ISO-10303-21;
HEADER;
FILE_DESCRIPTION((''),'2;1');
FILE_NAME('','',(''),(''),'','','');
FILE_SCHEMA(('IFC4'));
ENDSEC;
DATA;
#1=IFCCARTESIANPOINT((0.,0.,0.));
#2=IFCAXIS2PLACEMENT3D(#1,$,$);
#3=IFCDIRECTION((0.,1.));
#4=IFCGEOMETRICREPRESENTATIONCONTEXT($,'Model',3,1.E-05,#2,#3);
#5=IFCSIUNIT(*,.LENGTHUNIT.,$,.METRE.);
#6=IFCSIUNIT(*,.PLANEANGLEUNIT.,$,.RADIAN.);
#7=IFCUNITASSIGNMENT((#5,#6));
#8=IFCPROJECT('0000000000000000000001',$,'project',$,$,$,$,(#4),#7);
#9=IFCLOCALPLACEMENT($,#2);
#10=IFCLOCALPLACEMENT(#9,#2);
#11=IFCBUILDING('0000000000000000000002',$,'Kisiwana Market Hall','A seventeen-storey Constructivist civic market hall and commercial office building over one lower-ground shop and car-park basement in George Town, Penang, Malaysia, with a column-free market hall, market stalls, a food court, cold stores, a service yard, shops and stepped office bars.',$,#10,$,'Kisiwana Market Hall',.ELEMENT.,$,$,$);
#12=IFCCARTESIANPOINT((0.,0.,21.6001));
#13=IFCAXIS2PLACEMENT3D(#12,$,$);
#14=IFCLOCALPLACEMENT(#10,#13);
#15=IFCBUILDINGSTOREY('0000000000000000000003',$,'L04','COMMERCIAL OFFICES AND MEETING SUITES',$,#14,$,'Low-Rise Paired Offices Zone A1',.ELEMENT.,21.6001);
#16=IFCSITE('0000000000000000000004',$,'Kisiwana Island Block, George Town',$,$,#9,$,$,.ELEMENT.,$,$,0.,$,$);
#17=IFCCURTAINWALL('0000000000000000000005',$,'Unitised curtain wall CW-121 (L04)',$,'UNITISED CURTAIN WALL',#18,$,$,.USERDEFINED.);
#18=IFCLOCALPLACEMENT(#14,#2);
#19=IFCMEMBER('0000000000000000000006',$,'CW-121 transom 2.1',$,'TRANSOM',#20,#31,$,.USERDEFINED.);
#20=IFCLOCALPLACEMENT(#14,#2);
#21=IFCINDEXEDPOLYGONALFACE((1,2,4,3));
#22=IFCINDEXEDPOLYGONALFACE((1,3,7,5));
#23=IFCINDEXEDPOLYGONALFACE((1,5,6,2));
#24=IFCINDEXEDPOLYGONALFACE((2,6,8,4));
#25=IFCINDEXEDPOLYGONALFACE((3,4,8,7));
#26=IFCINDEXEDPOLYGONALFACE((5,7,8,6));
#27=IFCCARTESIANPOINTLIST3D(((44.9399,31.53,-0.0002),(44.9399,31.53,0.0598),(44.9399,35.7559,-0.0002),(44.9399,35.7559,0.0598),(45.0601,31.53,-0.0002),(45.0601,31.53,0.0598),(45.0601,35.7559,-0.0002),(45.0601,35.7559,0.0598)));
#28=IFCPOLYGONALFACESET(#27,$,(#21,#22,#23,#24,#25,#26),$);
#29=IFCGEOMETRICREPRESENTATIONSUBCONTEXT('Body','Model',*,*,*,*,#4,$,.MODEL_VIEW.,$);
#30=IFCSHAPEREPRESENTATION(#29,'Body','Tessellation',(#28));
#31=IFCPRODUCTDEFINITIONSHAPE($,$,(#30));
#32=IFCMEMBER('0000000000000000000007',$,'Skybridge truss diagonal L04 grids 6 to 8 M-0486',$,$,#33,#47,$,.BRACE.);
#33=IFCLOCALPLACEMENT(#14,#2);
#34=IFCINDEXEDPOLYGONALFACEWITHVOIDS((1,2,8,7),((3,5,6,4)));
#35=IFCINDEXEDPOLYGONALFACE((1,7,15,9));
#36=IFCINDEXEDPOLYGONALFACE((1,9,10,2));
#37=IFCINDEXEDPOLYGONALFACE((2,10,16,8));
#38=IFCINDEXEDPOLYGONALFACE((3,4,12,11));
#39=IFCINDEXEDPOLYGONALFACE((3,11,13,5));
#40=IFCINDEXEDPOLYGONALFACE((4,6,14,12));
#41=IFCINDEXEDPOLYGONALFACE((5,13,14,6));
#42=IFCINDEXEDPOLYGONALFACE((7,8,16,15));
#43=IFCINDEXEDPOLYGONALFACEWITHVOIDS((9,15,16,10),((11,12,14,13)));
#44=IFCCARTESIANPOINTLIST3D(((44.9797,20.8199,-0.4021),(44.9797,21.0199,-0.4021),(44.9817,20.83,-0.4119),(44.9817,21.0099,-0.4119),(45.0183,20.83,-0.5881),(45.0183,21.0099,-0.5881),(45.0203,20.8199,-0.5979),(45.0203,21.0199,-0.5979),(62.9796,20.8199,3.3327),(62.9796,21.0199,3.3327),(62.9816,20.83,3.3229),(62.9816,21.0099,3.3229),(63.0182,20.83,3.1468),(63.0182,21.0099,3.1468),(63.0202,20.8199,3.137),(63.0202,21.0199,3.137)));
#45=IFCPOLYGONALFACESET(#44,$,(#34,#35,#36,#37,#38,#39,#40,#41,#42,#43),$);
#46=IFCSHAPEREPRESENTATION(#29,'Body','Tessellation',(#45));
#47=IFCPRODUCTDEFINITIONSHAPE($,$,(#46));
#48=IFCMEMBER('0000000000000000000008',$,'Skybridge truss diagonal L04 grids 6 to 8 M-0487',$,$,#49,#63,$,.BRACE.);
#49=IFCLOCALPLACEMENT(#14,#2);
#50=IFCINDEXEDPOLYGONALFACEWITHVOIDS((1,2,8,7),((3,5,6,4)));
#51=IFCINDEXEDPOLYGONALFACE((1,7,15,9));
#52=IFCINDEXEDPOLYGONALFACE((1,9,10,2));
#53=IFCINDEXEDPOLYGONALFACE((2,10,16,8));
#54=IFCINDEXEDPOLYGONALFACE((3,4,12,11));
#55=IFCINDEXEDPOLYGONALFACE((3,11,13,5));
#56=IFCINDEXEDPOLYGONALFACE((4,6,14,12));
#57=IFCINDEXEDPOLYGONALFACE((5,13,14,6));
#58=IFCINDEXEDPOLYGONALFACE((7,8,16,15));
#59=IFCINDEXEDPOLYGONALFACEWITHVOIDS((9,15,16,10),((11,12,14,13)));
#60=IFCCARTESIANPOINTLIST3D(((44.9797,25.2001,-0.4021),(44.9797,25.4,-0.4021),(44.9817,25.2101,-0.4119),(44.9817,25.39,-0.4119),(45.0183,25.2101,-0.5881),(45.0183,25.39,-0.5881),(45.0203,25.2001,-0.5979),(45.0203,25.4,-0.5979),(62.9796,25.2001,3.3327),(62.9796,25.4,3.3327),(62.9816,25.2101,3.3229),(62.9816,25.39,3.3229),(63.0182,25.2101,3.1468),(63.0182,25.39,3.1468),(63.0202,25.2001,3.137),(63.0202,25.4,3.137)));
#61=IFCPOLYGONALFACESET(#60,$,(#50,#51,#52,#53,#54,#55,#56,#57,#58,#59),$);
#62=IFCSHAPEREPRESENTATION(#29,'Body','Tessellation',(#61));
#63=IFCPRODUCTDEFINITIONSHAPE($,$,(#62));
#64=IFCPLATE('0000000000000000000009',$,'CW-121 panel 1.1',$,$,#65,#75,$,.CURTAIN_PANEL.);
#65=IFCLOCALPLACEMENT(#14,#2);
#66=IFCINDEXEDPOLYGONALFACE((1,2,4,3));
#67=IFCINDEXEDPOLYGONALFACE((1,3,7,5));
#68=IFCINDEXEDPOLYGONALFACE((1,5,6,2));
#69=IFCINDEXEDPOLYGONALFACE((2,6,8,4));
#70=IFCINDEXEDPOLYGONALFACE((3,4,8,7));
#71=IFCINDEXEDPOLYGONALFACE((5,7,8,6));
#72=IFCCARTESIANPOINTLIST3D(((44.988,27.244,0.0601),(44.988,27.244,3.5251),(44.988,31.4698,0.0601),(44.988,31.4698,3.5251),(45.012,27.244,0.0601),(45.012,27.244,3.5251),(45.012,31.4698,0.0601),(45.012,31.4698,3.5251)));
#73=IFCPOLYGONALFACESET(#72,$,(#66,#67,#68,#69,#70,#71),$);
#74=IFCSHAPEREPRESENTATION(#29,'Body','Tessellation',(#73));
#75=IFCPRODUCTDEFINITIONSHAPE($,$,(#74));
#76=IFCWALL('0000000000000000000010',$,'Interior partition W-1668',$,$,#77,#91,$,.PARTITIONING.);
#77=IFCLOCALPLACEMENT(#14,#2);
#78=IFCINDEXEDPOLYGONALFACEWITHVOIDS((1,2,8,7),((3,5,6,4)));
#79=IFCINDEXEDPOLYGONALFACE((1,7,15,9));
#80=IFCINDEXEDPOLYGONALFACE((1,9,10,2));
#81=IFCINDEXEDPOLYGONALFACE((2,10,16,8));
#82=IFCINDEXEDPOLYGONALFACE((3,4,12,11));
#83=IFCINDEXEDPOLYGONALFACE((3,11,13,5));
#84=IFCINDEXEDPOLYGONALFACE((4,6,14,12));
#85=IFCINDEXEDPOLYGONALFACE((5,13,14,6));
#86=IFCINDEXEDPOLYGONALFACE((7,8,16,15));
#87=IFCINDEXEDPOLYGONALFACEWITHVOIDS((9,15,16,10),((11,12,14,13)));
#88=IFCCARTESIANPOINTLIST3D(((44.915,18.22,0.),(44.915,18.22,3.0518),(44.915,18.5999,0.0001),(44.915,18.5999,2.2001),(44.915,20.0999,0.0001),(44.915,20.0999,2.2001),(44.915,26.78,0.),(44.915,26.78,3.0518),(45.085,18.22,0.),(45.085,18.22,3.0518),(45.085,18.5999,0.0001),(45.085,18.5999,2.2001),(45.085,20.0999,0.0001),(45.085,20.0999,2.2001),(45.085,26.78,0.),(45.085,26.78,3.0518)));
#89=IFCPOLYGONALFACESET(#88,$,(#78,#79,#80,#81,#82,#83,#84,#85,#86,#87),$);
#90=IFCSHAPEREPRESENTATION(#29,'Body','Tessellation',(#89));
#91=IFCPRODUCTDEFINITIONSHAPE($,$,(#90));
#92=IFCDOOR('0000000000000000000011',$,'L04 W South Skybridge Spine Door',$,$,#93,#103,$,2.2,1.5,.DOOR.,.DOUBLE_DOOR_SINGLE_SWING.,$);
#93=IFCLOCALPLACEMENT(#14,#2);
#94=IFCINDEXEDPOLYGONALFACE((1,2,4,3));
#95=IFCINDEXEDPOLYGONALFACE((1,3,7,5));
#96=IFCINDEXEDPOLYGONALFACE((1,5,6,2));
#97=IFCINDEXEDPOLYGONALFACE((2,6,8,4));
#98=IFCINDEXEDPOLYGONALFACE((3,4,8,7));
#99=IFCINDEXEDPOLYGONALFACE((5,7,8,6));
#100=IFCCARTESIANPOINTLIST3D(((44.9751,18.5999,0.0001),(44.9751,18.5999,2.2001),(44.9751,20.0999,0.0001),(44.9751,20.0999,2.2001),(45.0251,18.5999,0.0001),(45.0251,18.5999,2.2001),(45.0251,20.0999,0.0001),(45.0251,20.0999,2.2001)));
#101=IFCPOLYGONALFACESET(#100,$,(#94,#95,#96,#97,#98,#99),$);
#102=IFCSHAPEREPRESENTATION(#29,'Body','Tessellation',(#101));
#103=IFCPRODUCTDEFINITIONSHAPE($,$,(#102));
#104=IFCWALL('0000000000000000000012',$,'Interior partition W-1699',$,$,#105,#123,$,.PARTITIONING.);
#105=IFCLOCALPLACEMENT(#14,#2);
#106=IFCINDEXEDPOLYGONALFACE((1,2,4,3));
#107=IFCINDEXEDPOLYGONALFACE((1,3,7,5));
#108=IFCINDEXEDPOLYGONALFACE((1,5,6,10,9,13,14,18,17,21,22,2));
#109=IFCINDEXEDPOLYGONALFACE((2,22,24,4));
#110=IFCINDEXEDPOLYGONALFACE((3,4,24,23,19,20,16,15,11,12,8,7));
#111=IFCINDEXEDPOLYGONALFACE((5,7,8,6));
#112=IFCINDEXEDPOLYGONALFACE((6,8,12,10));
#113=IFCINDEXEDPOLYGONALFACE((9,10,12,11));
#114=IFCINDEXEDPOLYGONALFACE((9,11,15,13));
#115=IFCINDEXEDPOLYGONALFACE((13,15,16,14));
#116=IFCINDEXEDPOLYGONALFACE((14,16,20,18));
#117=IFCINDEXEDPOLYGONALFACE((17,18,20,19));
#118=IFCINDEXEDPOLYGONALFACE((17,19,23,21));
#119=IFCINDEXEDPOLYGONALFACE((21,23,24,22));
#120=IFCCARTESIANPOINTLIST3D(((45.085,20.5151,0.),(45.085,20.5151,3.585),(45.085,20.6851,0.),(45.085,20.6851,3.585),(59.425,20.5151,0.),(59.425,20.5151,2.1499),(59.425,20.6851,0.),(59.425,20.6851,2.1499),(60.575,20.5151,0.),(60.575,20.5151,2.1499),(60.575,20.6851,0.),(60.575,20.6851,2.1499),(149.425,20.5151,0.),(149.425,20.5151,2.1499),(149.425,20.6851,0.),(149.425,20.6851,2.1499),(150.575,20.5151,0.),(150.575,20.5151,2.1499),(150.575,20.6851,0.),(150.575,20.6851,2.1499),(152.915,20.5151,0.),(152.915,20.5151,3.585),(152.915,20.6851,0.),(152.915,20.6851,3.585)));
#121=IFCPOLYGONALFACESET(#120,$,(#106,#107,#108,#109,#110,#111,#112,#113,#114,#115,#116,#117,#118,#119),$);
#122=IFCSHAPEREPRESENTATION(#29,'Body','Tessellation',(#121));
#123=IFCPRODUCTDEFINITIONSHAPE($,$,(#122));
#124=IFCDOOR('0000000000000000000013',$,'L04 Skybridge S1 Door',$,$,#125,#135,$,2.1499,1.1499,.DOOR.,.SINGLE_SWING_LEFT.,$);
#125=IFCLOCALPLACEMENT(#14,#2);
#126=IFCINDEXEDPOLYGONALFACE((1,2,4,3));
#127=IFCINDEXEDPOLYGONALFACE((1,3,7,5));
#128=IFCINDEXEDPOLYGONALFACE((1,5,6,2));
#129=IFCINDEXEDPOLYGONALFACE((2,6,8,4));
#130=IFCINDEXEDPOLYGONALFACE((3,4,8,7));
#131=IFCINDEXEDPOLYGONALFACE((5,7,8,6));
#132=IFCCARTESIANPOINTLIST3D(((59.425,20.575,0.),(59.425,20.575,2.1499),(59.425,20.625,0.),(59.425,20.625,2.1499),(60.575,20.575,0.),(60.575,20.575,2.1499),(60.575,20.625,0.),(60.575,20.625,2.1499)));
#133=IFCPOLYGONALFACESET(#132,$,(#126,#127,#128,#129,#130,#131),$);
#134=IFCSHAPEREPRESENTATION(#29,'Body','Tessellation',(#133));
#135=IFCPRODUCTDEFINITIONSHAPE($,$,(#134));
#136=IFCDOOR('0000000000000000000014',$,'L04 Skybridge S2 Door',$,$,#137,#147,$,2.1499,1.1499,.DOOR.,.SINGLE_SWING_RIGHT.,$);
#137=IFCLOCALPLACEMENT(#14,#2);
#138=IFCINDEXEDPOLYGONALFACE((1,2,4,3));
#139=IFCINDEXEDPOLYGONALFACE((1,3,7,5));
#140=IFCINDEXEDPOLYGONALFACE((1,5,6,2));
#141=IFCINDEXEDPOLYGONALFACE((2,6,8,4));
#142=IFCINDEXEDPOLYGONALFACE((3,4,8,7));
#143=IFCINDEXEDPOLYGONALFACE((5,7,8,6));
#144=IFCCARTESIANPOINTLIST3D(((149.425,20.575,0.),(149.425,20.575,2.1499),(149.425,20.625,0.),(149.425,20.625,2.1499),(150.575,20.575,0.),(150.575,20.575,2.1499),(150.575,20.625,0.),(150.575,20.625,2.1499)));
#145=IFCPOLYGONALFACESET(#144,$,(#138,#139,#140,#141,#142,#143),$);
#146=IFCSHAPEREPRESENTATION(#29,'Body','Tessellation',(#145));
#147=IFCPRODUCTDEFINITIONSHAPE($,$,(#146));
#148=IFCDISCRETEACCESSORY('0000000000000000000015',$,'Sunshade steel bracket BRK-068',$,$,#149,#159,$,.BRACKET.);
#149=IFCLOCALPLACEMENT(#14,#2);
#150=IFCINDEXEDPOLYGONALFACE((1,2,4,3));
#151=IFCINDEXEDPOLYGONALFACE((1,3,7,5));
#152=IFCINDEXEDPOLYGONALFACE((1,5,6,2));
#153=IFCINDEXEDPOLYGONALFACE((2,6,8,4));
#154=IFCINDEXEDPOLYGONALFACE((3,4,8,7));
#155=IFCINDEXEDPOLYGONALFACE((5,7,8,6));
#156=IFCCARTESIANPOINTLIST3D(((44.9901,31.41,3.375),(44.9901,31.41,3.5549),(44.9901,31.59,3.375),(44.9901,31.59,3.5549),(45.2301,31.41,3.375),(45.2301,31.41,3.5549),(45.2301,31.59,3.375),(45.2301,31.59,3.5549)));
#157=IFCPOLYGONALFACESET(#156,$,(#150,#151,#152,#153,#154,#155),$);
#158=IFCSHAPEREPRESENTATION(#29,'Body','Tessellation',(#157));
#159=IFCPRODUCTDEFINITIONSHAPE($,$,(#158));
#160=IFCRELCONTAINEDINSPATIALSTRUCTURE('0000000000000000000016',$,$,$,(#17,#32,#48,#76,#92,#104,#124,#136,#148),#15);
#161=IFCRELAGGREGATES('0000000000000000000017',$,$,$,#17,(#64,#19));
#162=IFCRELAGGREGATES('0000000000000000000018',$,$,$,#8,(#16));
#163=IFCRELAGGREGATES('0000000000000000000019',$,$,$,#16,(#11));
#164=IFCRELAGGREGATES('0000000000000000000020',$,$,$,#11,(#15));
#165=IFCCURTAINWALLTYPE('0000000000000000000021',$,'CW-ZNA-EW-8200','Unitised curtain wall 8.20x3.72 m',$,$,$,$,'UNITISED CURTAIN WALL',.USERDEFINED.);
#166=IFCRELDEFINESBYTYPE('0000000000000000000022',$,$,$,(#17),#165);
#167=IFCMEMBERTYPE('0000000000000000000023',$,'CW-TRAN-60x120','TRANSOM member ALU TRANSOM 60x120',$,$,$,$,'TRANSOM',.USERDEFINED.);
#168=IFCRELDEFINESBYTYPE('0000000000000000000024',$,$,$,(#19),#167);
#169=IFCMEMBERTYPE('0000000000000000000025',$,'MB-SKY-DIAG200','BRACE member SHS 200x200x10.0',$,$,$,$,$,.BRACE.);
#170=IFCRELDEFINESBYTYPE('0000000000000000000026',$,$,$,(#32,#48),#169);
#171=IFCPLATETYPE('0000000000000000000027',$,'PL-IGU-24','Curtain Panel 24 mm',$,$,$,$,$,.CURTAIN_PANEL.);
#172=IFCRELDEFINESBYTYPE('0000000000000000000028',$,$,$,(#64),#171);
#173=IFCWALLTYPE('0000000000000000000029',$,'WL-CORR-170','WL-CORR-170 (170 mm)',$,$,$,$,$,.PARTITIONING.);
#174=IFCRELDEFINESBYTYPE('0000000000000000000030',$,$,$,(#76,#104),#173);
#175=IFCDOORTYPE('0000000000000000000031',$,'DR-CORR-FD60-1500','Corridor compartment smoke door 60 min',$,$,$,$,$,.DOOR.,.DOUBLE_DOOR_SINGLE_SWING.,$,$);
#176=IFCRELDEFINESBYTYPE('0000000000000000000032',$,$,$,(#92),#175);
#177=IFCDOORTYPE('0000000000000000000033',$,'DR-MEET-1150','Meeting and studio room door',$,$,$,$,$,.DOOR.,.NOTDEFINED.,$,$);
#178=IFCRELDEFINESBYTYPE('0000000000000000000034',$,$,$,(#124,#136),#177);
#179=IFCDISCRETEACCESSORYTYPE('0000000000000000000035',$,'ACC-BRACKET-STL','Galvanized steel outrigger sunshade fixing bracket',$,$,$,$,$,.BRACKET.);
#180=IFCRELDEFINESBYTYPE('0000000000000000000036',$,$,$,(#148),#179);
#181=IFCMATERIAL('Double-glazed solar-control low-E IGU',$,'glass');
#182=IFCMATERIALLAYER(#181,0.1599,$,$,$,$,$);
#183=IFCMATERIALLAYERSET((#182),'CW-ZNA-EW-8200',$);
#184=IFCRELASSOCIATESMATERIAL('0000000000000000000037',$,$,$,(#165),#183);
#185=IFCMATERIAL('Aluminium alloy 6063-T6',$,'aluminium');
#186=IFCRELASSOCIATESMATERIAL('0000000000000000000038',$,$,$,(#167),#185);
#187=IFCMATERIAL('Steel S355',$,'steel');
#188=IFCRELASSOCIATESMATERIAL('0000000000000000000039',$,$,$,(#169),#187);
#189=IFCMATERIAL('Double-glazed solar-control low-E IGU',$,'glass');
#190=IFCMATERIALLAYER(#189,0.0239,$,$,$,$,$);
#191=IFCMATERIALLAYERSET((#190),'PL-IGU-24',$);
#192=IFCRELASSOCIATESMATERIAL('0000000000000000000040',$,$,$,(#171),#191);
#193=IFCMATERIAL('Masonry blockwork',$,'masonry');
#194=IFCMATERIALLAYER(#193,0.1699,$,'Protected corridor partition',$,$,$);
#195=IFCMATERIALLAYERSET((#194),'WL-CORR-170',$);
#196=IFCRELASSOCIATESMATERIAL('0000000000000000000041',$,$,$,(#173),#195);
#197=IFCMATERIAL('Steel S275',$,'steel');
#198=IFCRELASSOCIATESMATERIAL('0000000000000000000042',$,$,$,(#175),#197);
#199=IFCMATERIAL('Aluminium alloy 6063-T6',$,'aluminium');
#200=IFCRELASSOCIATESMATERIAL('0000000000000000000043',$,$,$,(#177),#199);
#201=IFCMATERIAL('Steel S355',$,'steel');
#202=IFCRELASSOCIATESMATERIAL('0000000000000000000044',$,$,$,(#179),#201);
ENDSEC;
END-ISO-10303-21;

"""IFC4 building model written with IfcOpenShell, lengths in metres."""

from ifc_helpers import new_model, si_unit, direction, frame, frame_2d, origin, origin_2d, place, context, subcontext, project, spatial, rectangle, hollow_rectangle, extrude, material, layer, layer_set, material_profile, profile_set, type_object, element, fill, aggregate, save


model = new_model("IFC4")

# Units and contexts
model_context = context("Model", 3, precision=1e-05, world=origin(), true_north=direction((0.0, 1.0)))
body_context = subcontext(model_context, "Body", "Model", "MODEL_VIEW")
ifc_project = project(units=[si_unit("LENGTHUNIT", "METRE"), si_unit("PLANEANGLEUNIT", "RADIAN")], contexts=[model_context])

# Site, building, storey
site_placement = place(None, origin())
site = spatial("IfcSite", under=ifc_project, at=site_placement, Name="Kisiwana Island Block, George Town", CompositionType="ELEMENT", RefElevation=0.0)
building_placement = place(site_placement, origin())
building = spatial("IfcBuilding", under=site, at=building_placement, Name="Kisiwana Market Hall", Description="A seventeen-storey Constructivist civic market hall and commercial office building over one lower-ground shop and car-park basement in George Town, Penang, Malaysia, with a column-free market hall, market stalls, a food court, cold stores, a service yard, shops and stepped office bars.", LongName="Kisiwana Market Hall", CompositionType="ELEMENT")
storey_placement = place(building_placement, frame((0.0, 0.0, 21.6001)))
storey = spatial("IfcBuildingStorey", under=building, at=storey_placement, Name="L04", Description="COMMERCIAL OFFICES AND MEETING SUITES", LongName="Low-Rise Paired Offices Zone A1", CompositionType="ELEMENT", Elevation=21.6001)

# Shared definitions
ifc_material_1 = material(Name="Double-glazed solar-control low-E IGU", Category="glass")
ifc_layer_1 = layer(ifc_material_1, 0.1599)
ifc_layer_set_1 = layer_set([ifc_layer_1], Name="CW-ZNA-EW-8200")
curtain_wall_type = type_object("IfcCurtainWallType", Name="CW-ZNA-EW-8200", Description="Unitised curtain wall 8.20x3.72 m", ElementType="UNITISED CURTAIN WALL", PredefinedType="USERDEFINED", material=ifc_layer_set_1)

# Curtain wall, member
curtain_wall_1_placement = place(storey_placement, origin())
curtain_wall_1 = element("IfcCurtainWall", 1, at=curtain_wall_1_placement, inside=storey, type_object=curtain_wall_type, Name="Unitised curtain wall CW-121 (L04)", ObjectType="UNITISED CURTAIN WALL", PredefinedType="USERDEFINED")
ifc_material_2 = material(Name="Aluminium alloy 6063-T6", Category="aluminium")
ifc_material_profile_1 = material_profile(ifc_material_2, rectangle(XDim=0.1201, YDim=0.0601, at=origin_2d()), Name="ALU TRANSOM 60x120")
ifc_profile_set_1 = profile_set([ifc_material_profile_1], Name="Aluminium alloy 6063-T6")
member_type_1 = type_object("IfcMemberType", Name="CW-TRAN-60x120", Description="TRANSOM member ALU TRANSOM 60x120", ElementType="TRANSOM", PredefinedType="USERDEFINED", material=ifc_profile_set_1)
member_1_placement = place(storey_placement, frame((45.0, 31.53, 0.0298), z_axis=(0.0, 1.0, 0.0), x_axis=(-1.0, 0.0, 0.0)))
member_1 = element("IfcMember", 2, at=member_1_placement, type_object=member_type_1, Name="CW-121 transom 2.1", ObjectType="TRANSOM", PredefinedType="USERDEFINED", context=body_context, shape_type="SweptSolid", body=[
    extrude(rectangle(XDim=0.1201, YDim=0.0601, at=origin_2d()), origin(), (0.0, 0.0, 1.0), 4.2258),
])

# Members
ifc_material_3 = material(Name="Steel S355", Category="steel")
ifc_material_profile_2 = material_profile(ifc_material_3, hollow_rectangle(XDim=0.2, YDim=0.2, WallThickness=0.01, at=origin_2d()), Name="SHS 200x200x10.0")
ifc_profile_set_2 = profile_set([ifc_material_profile_2], Name="Steel S355")
member_type_2 = type_object("IfcMemberType", Name="MB-SKY-DIAG200", Description="BRACE member SHS 200x200x10.0", PredefinedType="BRACE", material=ifc_profile_set_2)
for number, where, z_axis, x_axis, name in (
    (3, (45.0, 20.9199, -0.5), (0.979145, 0.0, 0.203165), (0.0, 1.0, 0.0), "Skybridge truss diagonal L04 grids 6 to 8 M-0486"),
    (4, (45.0, 25.3, -0.5), (0.979145, 0.0, 0.203165), (0.0, 1.0, 0.0), "Skybridge truss diagonal L04 grids 6 to 8 M-0487"),
):
    element("IfcMember", number, at=place(storey_placement, frame(where, z_axis=z_axis, x_axis=x_axis)), inside=storey, type_object=member_type_2, Name=name, PredefinedType="BRACE", context=body_context, shape_type="SweptSolid", body=[
        extrude(hollow_rectangle(XDim=0.2, YDim=0.2, WallThickness=0.01, at=origin_2d()), origin(), (0.0, 0.0, 1.0), 18.3833),
    ])

# Plate
ifc_material_4 = material(Name="Double-glazed solar-control low-E IGU", Category="glass")
ifc_layer_2 = layer(ifc_material_4, 0.0239)
ifc_layer_set_2 = layer_set([ifc_layer_2], Name="PL-IGU-24")
plate_type = type_object("IfcPlateType", Name="PL-IGU-24", Description="Curtain Panel 24 mm", PredefinedType="CURTAIN_PANEL", material=ifc_layer_set_2)
plate_placement = place(storey_placement, frame((45.0, 29.3569, 0.0601), z_axis=(0.0, 0.0, 1.0), x_axis=(0.0, 1.0, 0.0)))
plate = element("IfcPlate", 5, at=plate_placement, type_object=plate_type, Name="CW-121 panel 1.1", PredefinedType="CURTAIN_PANEL", context=body_context, shape_type="SweptSolid", body=[
    extrude(rectangle(XDim=4.2258, YDim=0.0239, at=origin_2d()), origin(), (0.0, 0.0, 1.0), 3.4651),
])
aggregate(curtain_wall_1, [plate, member_1])

# Wall, opening, door
ifc_material_5 = material(Name="Masonry blockwork", Category="masonry")
ifc_layer_3 = layer(ifc_material_5, 0.1699, Name="Protected corridor partition")
ifc_layer_set_3 = layer_set([ifc_layer_3], Name="WL-CORR-170")
wall_type = type_object("IfcWallType", Name="WL-CORR-170", Description="WL-CORR-170 (170 mm)", PredefinedType="PARTITIONING", material=ifc_layer_set_3)
wall_1_placement = place(storey_placement, frame((45.0, 18.22, 0.0), z_axis=(0.0, 0.0, 1.0), x_axis=(0.0, 1.0, 0.0)))
wall_1 = element("IfcWall", 6, at=wall_1_placement, inside=storey, type_object=wall_type, Name="Interior partition W-1668", PredefinedType="PARTITIONING", context=body_context, shape_type="SweptSolid", body=[
    extrude(rectangle(XDim=8.5601, YDim=0.1699, at=frame_2d((4.28, 0.0))), origin(), (0.0, 0.0, 1.0), 3.0518),
])
opening_1_placement = place(wall_1_placement, frame((0.3799, 0.0, 0.0)))
opening_1 = element("IfcOpeningElement", 7, at=opening_1_placement, cuts=wall_1, PredefinedType="OPENING", context=body_context, shape_type="SweptSolid", body=[
    extrude(rectangle(XDim=1.5, YDim=2.2, at=frame_2d((0.75, 1.1001))), frame((0.0, 0.0969, 0.0), z_axis=(0.0, -1.0, 0.0), x_axis=(1.0, 0.0, 0.0)), (0.0, 0.0, 1.0), 0.1938),
])
ifc_material_6 = material(Name="Steel S275", Category="steel")
door_type_1 = type_object("IfcDoorType", Name="DR-CORR-FD60-1500", Description="Corridor compartment smoke door 60 min", OperationType="DOUBLE_DOOR_SINGLE_SWING", PredefinedType="DOOR", material=ifc_material_6)
door_1_placement = place(opening_1_placement, origin())
door_1 = element("IfcDoor", 8, at=door_1_placement, inside=storey, type_object=door_type_1, Name="L04 W South Skybridge Spine Door", OperationType="DOUBLE_DOOR_SINGLE_SWING", OverallHeight=2.2, OverallWidth=1.5, PredefinedType="DOOR", context=body_context, shape_type="SweptSolid", body=[
    extrude(rectangle(XDim=1.5, YDim=2.2, at=frame_2d((0.75, 1.1001))), frame((0.0, 0.0249, 0.0), z_axis=(0.0, -1.0, 0.0), x_axis=(1.0, 0.0, 0.0)), (0.0, 0.0, 1.0), 0.05),
])
fill(opening_1, door_1)

# Wall, openings, doors
wall_2_placement = place(storey_placement, frame((45.085, 20.6001, 0.0), z_axis=(0.0, 0.0, 1.0), x_axis=(1.0, 0.0, 0.0)))
wall_2 = element("IfcWall", 9, at=wall_2_placement, inside=storey, type_object=wall_type, Name="Interior partition W-1699", PredefinedType="PARTITIONING", context=body_context, shape_type="SweptSolid", body=[
    extrude(rectangle(XDim=107.8301, YDim=0.1699, at=frame_2d((53.915, 0.0))), origin(), (0.0, 0.0, 1.0), 3.585),
])
opening_2_placement = place(wall_2_placement, frame((14.3401, 0.0, 0.0)))
opening_2 = element("IfcOpeningElement", 10, at=opening_2_placement, cuts=wall_2, PredefinedType="OPENING", context=body_context, shape_type="SweptSolid", body=[
    extrude(rectangle(XDim=1.1499, YDim=2.1499, at=frame_2d((0.575, 1.075))), frame((0.0, 0.0969, 0.0), z_axis=(0.0, -1.0, 0.0), x_axis=(1.0, 0.0, 0.0)), (0.0, 0.0, 1.0), 0.1938),
])
opening_3_placement = place(wall_2_placement, frame((104.3401, 0.0, 0.0)))
opening_3 = element("IfcOpeningElement", 11, at=opening_3_placement, cuts=wall_2, PredefinedType="OPENING", context=body_context, shape_type="SweptSolid", body=[
    extrude(rectangle(XDim=1.1499, YDim=2.1499, at=frame_2d((0.575, 1.075))), frame((0.0, 0.0969, 0.0), z_axis=(0.0, -1.0, 0.0), x_axis=(1.0, 0.0, 0.0)), (0.0, 0.0, 1.0), 0.1938),
])
ifc_material_7 = material(Name="Aluminium alloy 6063-T6", Category="aluminium")
door_type_2 = type_object("IfcDoorType", Name="DR-MEET-1150", Description="Meeting and studio room door", OperationType="NOTDEFINED", PredefinedType="DOOR", material=ifc_material_7)
door_2_placement = place(opening_2_placement, origin())
door_2 = element("IfcDoor", 12, at=door_2_placement, inside=storey, type_object=door_type_2, Name="L04 Skybridge S1 Door", OperationType="SINGLE_SWING_LEFT", OverallHeight=2.1499, OverallWidth=1.1499, PredefinedType="DOOR", context=body_context, shape_type="SweptSolid", body=[
    extrude(rectangle(XDim=1.1499, YDim=2.1499, at=frame_2d((0.575, 1.075))), frame((0.0, 0.0249, 0.0), z_axis=(0.0, -1.0, 0.0), x_axis=(1.0, 0.0, 0.0)), (0.0, 0.0, 1.0), 0.05),
])
fill(opening_2, door_2)
door_3_placement = place(opening_3_placement, origin())
door_3 = element("IfcDoor", 13, at=door_3_placement, inside=storey, type_object=door_type_2, Name="L04 Skybridge S2 Door", OperationType="SINGLE_SWING_RIGHT", OverallHeight=2.1499, OverallWidth=1.1499, PredefinedType="DOOR", context=body_context, shape_type="SweptSolid", body=[
    extrude(rectangle(XDim=1.1499, YDim=2.1499, at=frame_2d((0.575, 1.075))), frame((0.0, 0.0249, 0.0), z_axis=(0.0, -1.0, 0.0), x_axis=(1.0, 0.0, 0.0)), (0.0, 0.0, 1.0), 0.05),
])
fill(opening_3, door_3)

# Discrete accessory
ifc_material_8 = material(Name="Steel S355", Category="steel")
discrete_accessory_type = type_object("IfcDiscreteAccessoryType", Name="ACC-BRACKET-STL", Description="Galvanized steel outrigger sunshade fixing bracket", PredefinedType="BRACKET", material=ifc_material_8)
discrete_accessory_placement = place(storey_placement, frame((45.1101, 31.5, 3.375), z_axis=(0.0, 0.0, 1.0), x_axis=(0.0, 1.0, 0.0)))
element("IfcDiscreteAccessory", 14, at=discrete_accessory_placement, inside=storey, type_object=discrete_accessory_type, Name="Sunshade steel bracket BRK-068", PredefinedType="BRACKET", context=body_context, shape_type="SweptSolid", body=[
    extrude(rectangle(XDim=0.1799, YDim=0.24, at=origin_2d()), origin(), (0.0, 0.0, 1.0), 0.1799),
])

save(model, "model.ifc")
